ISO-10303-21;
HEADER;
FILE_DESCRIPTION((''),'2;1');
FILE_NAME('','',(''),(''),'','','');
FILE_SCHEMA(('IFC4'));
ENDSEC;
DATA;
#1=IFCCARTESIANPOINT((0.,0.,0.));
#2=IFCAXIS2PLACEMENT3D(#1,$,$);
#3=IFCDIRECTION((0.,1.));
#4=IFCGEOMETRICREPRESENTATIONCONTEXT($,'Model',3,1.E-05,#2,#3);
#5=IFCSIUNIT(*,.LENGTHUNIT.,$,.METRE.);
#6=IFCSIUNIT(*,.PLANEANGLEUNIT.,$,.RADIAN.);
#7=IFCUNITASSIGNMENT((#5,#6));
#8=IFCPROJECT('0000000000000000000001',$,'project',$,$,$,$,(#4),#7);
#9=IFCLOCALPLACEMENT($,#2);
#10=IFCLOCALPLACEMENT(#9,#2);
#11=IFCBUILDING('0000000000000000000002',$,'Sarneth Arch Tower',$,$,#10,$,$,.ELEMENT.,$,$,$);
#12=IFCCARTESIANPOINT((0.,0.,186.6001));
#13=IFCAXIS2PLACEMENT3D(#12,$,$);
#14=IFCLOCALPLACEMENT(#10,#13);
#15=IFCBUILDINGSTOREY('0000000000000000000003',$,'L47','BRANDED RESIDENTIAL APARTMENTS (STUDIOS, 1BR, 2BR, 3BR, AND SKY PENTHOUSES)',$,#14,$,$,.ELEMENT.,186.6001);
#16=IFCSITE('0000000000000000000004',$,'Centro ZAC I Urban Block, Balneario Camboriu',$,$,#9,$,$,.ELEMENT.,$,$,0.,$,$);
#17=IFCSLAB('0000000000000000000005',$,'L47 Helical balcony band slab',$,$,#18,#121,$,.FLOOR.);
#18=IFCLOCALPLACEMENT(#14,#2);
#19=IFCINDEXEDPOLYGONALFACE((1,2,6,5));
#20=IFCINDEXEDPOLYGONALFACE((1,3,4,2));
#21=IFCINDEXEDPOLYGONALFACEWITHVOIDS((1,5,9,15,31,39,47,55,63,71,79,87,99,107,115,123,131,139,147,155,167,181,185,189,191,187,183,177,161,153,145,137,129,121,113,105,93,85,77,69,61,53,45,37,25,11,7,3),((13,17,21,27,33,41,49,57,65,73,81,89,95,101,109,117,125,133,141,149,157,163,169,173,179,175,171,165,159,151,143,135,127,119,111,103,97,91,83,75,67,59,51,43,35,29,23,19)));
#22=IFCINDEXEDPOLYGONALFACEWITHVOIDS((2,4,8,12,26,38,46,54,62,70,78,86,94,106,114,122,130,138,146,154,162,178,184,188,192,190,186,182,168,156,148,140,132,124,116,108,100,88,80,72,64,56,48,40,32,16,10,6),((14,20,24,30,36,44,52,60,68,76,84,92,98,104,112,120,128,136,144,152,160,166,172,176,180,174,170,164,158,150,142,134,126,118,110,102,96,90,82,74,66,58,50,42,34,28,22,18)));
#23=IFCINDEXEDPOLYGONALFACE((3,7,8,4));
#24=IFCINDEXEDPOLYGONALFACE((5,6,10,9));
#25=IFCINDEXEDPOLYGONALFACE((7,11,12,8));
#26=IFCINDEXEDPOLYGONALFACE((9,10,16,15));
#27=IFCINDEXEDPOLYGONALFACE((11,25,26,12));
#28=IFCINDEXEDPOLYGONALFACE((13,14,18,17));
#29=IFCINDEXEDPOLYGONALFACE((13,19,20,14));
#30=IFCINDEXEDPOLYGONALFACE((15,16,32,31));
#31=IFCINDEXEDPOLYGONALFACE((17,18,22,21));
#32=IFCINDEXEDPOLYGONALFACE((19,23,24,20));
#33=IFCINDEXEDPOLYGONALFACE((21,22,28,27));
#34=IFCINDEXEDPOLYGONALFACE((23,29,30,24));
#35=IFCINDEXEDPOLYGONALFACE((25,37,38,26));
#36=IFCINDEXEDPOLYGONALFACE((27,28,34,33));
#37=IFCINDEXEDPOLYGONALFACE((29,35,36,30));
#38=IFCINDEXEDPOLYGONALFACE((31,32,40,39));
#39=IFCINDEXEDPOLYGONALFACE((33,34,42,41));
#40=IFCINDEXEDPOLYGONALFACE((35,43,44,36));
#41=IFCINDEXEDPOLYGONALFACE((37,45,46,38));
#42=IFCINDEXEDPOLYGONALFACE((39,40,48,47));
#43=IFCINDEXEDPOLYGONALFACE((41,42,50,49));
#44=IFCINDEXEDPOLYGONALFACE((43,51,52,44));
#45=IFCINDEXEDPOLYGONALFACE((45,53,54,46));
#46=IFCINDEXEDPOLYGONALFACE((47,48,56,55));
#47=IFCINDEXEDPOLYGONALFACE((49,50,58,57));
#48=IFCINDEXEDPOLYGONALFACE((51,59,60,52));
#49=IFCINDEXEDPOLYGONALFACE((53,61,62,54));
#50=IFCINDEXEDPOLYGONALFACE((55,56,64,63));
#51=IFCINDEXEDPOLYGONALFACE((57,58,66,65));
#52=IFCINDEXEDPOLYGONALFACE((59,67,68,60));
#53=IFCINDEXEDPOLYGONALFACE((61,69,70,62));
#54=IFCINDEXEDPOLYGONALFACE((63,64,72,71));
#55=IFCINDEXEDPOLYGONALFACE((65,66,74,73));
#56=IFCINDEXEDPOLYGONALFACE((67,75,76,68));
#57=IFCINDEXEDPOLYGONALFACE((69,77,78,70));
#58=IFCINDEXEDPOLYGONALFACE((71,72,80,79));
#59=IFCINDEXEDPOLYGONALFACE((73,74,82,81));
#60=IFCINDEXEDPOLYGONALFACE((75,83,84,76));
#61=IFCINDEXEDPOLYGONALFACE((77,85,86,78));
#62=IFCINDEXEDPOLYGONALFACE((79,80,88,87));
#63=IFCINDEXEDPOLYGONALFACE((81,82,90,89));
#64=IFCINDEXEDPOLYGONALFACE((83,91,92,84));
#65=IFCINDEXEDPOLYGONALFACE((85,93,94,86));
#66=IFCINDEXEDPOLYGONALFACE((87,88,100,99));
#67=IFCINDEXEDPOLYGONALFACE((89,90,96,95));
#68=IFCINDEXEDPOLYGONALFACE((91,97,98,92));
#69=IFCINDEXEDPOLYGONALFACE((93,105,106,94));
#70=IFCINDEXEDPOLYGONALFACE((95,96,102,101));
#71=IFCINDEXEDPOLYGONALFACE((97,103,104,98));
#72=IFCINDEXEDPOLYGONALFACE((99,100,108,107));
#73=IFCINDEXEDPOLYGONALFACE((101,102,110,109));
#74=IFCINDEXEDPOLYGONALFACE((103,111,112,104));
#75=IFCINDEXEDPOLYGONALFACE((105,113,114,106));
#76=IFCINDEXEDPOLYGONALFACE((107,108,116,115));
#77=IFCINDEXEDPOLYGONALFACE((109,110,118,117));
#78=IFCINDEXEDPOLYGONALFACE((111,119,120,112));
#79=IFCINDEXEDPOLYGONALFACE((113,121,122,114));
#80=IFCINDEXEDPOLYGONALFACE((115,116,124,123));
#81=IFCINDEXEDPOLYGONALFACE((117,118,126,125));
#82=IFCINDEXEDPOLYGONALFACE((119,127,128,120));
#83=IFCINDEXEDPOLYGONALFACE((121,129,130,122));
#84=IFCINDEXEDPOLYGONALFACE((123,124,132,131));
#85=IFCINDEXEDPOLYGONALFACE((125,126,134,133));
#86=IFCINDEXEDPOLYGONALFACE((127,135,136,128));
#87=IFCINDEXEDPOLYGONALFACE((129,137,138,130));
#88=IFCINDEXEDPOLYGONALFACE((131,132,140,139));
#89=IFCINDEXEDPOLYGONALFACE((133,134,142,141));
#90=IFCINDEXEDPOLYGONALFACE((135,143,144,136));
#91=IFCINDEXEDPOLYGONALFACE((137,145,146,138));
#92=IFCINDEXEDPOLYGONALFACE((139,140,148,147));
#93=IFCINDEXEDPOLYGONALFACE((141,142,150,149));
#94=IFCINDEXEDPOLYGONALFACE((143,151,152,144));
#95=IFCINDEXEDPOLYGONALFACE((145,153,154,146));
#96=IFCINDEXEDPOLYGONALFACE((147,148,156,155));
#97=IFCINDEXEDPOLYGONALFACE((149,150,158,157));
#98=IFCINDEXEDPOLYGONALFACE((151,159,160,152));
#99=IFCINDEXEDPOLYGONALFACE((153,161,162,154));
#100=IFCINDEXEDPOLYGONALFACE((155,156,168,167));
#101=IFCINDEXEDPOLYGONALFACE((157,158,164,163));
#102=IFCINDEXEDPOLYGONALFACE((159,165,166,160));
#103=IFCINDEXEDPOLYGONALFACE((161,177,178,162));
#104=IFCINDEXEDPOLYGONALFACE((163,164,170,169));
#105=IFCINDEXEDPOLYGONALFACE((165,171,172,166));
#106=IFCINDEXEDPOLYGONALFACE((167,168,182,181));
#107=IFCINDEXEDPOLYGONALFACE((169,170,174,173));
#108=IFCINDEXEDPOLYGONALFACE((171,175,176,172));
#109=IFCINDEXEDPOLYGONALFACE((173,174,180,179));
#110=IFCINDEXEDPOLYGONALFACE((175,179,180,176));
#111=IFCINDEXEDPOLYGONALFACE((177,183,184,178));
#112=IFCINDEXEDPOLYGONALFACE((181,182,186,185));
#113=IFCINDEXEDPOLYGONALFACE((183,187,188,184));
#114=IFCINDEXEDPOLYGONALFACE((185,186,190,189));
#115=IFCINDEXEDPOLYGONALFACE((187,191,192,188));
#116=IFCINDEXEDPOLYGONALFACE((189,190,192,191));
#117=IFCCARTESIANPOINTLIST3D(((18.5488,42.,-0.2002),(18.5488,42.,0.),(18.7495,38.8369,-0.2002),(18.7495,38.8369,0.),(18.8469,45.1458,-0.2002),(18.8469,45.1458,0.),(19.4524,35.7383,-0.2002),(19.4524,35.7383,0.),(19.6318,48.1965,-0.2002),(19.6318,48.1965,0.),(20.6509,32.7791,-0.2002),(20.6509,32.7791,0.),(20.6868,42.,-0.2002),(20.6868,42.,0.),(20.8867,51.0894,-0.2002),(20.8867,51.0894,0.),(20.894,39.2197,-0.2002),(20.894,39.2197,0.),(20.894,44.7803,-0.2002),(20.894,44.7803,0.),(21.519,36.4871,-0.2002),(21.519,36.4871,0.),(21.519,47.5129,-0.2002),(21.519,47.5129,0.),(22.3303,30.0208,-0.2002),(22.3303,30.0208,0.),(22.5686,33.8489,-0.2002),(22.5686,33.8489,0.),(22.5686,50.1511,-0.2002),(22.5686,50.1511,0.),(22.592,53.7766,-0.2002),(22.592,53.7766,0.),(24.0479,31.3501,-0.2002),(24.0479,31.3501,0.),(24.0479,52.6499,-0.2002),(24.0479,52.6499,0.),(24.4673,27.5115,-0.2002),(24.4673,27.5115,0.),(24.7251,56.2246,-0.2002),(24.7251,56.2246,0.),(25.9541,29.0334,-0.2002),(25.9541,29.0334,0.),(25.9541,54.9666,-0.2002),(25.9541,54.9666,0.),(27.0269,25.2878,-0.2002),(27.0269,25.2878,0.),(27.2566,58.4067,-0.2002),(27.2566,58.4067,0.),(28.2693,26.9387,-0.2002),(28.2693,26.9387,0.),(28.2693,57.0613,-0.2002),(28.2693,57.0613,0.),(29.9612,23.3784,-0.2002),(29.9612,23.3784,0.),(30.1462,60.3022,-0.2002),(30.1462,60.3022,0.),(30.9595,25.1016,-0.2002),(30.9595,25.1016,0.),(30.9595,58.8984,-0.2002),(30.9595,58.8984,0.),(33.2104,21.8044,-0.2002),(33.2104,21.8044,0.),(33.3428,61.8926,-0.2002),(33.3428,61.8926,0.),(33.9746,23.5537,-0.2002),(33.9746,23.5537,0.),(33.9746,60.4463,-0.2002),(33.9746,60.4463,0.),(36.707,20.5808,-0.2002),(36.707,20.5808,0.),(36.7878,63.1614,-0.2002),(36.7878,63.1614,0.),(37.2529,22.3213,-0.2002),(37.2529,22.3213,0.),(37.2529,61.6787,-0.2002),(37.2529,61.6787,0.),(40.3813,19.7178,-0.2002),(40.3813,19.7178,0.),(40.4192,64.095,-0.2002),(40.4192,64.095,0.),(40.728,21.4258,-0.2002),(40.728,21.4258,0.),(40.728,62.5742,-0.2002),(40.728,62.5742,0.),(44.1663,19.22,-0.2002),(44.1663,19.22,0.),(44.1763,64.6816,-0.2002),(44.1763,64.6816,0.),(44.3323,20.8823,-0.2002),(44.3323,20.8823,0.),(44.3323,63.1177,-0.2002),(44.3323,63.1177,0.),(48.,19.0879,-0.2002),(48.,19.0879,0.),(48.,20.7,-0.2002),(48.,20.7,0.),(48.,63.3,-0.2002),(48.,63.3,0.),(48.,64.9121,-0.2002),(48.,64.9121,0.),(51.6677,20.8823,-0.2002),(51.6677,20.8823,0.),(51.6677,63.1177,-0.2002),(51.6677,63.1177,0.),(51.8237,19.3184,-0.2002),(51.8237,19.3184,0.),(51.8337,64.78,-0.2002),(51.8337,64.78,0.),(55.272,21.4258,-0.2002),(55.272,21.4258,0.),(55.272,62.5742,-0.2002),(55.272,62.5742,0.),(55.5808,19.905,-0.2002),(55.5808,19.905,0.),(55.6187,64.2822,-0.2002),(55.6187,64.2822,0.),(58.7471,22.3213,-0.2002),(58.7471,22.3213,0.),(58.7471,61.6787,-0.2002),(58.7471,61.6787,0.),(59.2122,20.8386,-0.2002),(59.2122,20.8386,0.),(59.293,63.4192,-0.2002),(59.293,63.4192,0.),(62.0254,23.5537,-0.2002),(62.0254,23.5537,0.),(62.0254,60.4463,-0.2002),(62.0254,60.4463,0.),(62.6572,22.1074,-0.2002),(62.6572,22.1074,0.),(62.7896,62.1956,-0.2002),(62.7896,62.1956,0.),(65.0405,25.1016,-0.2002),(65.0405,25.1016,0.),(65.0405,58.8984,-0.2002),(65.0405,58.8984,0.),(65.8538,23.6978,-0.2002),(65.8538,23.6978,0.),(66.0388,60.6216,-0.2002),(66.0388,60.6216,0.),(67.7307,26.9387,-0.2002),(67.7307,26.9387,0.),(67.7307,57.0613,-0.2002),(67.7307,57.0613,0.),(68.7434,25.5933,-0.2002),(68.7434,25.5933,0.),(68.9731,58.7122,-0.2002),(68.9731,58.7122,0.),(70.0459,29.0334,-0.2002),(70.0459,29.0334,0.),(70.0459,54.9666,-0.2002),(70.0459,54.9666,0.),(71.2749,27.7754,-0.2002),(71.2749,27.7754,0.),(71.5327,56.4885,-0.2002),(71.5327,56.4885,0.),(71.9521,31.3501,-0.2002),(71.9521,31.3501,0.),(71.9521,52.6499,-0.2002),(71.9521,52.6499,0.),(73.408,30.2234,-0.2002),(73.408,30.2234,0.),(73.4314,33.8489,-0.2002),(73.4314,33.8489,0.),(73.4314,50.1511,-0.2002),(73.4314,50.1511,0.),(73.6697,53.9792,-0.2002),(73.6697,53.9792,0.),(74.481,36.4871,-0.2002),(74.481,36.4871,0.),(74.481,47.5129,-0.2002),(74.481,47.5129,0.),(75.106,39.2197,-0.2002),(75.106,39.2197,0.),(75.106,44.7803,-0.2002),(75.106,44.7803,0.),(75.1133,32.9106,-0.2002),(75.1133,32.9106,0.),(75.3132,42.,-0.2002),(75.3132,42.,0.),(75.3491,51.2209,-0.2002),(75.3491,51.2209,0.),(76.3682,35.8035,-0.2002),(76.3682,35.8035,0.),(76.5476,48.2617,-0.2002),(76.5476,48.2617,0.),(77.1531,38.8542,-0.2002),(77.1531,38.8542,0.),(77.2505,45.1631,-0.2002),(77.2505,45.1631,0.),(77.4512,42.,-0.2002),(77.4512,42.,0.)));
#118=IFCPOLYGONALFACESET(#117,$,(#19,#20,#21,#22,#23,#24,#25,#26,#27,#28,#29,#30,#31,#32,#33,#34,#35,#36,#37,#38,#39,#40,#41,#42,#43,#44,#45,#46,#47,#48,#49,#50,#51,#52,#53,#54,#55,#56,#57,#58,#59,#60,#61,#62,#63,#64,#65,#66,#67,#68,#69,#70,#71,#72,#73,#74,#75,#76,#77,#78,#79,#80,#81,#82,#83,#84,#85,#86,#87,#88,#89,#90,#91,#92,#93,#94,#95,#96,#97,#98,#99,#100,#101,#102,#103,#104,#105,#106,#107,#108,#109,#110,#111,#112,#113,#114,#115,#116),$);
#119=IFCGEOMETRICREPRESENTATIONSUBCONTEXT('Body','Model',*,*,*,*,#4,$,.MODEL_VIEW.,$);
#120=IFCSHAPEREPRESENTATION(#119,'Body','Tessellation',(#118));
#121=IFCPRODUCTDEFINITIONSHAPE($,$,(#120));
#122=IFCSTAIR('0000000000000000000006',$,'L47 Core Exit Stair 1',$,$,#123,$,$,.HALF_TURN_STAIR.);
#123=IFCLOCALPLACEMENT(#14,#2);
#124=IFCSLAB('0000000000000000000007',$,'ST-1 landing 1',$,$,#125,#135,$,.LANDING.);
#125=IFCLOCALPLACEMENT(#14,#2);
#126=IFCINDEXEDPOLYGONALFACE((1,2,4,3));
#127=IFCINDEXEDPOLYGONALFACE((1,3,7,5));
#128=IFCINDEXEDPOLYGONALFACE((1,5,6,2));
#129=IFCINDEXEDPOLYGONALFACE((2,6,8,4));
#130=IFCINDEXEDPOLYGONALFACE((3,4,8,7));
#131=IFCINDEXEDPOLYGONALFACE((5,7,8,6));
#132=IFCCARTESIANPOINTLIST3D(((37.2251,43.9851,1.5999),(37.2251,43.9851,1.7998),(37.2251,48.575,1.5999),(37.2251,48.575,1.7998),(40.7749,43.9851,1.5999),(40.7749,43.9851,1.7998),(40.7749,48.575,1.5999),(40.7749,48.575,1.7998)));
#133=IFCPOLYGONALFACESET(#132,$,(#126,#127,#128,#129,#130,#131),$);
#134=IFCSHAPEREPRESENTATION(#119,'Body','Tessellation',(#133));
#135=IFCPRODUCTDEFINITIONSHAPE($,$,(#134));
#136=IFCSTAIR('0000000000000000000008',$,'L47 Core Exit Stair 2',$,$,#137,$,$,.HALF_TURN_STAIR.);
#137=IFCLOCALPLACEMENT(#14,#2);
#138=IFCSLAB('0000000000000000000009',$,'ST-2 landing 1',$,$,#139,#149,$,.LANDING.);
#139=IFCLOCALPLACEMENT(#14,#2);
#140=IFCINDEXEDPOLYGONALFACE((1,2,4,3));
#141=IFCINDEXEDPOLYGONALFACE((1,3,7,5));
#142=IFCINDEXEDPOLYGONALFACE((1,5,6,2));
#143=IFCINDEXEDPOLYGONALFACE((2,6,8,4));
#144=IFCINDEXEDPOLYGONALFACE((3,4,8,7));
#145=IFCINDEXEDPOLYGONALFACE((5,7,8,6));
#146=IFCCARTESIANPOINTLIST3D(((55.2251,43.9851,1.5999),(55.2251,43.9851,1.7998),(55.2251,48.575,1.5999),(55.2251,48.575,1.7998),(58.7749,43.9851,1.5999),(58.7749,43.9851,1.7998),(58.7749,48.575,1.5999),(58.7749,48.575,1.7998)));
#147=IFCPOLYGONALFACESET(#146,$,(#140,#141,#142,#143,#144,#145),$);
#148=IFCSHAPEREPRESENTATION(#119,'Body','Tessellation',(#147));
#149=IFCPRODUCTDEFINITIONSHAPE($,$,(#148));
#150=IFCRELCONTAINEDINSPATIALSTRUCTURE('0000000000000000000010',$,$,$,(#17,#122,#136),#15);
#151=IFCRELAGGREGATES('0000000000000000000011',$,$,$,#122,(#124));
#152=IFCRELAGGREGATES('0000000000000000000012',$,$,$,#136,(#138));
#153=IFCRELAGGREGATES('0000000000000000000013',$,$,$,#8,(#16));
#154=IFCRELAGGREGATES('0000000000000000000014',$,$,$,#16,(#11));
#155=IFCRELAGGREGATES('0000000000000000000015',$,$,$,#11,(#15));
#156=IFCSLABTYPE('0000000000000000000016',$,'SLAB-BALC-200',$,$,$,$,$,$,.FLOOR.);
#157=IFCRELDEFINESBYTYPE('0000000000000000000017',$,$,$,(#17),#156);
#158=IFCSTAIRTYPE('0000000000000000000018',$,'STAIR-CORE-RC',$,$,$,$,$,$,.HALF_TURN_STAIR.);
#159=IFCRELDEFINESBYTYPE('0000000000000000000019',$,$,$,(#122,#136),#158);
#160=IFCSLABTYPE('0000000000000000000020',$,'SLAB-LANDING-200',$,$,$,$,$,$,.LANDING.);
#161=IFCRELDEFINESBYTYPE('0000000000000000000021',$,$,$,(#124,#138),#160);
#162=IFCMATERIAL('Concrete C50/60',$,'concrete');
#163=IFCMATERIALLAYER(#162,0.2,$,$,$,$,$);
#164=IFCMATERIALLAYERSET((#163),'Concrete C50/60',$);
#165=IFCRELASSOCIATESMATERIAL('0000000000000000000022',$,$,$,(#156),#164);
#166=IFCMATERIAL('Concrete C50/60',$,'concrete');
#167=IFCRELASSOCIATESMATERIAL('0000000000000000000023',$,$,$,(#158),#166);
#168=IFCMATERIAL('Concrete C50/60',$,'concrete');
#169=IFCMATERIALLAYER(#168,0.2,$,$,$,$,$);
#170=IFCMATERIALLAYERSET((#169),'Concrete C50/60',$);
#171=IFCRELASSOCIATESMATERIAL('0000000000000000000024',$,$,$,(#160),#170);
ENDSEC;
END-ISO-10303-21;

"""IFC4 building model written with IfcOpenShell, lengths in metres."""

from ifc_helpers import new_model, si_unit, direction, frame, origin, place, context, subcontext, project, spatial, polyline, outline, extrude, material, layer, layer_set, type_object, element, aggregate, save


model = new_model("IFC4")

# Units and contexts
model_context = context("Model", 3, precision=1e-05, world=origin(), true_north=direction((0.0, 1.0)))
body_context = subcontext(model_context, "Body", "Model", "MODEL_VIEW")
ifc_project = project(units=[si_unit("LENGTHUNIT", "METRE"), si_unit("PLANEANGLEUNIT", "RADIAN")], contexts=[model_context])

# Site, building, storey
site_placement = place(None, origin())
site = spatial("IfcSite", under=ifc_project, at=site_placement, Name="Centro ZAC I Urban Block, Balneario Camboriu", CompositionType="ELEMENT", RefElevation=0.0)
building_placement = place(site_placement, origin())
building = spatial("IfcBuilding", under=site, at=building_placement, Name="Sarneth Arch Tower", CompositionType="ELEMENT")
storey_placement = place(building_placement, frame((0.0, 0.0, 186.6001)))
storey = spatial("IfcBuildingStorey", under=building, at=storey_placement, Name="L47", Description="BRANDED RESIDENTIAL APARTMENTS (STUDIOS, 1BR, 2BR, 3BR, AND SKY PENTHOUSES)", CompositionType="ELEMENT", Elevation=186.6001)

# Slab
ifc_material_1 = material(Name="Concrete C50/60", Category="concrete")
ifc_layer_1 = layer(ifc_material_1, 0.2)
ifc_layer_set_1 = layer_set([ifc_layer_1], Name="Concrete C50/60")
slab_type_1 = type_object("IfcSlabType", Name="SLAB-BALC-200", PredefinedType="FLOOR", material=ifc_layer_set_1)
slab_1_placement = place(storey_placement, frame((0.0, 0.0, -0.2002)))
element("IfcSlab", 1, at=slab_1_placement, inside=storey, type_object=slab_type_1, Name="L47 Helical balcony band slab", PredefinedType="FLOOR", context=body_context, shape_type="SweptSolid", body=[
    extrude(outline(polyline([(77.4512, 42.0), (77.2505, 45.1631), (76.5476, 48.2617), (75.3491, 51.2209), (73.6697, 53.9792), (71.5327, 56.4885), (68.9731, 58.7122), (66.0388, 60.6216), (62.7896, 62.1956), (59.293, 63.4192), (55.6187, 64.2822), (51.8337, 64.78), (48.0, 64.9121), (44.1763, 64.6816), (40.4192, 64.095), (36.7878, 63.1614), (33.3428, 61.8926), (30.1462, 60.3022), (27.2566, 58.4067), (24.7251, 56.2246), (22.592, 53.7766), (20.8867, 51.0894), (19.6318, 48.1965), (18.8469, 45.1458), (18.5488, 42.0), (18.7495, 38.8369), (19.4524, 35.7383), (20.6509, 32.7791), (22.3303, 30.0208), (24.4673, 27.5115), (27.0269, 25.2878), (29.9612, 23.3784), (33.2104, 21.8044), (36.707, 20.5808), (40.3813, 19.7178), (44.1663, 19.22), (48.0, 19.0879), (51.8237, 19.3184), (55.5808, 19.905), (59.2122, 20.8386), (62.6572, 22.1074), (65.8538, 23.6978), (68.7434, 25.5933), (71.2749, 27.7754), (73.408, 30.2234), (75.1133, 32.9106), (76.3682, 35.8035), (77.1531, 38.8542), (77.4512, 42.0)]), holes=[polyline([(75.3132, 42.0), (75.106, 44.7803), (74.481, 47.5129), (73.4314, 50.1511), (71.9521, 52.6499), (70.0459, 54.9666), (67.7307, 57.0613), (65.0405, 58.8984), (62.0254, 60.4463), (58.7471, 61.6787), (55.272, 62.5742), (51.6677, 63.1177), (48.0, 63.3), (44.3323, 63.1177), (40.728, 62.5742), (37.2529, 61.6787), (33.9746, 60.4463), (30.9595, 58.8984), (28.2693, 57.0613), (25.9541, 54.9666), (24.0479, 52.6499), (22.5686, 50.1511), (21.519, 47.5129), (20.894, 44.7803), (20.6868, 42.0), (20.894, 39.2197), (21.519, 36.4871), (22.5686, 33.8489), (24.0479, 31.3501), (25.9541, 29.0334), (28.2693, 26.9387), (30.9595, 25.1016), (33.9746, 23.5537), (37.2529, 22.3213), (40.728, 21.4258), (44.3323, 20.8823), (48.0, 20.7), (51.6677, 20.8823), (55.272, 21.4258), (58.7471, 22.3213), (62.0254, 23.5537), (65.0405, 25.1016), (67.7307, 26.9387), (70.0459, 29.0334), (71.9521, 31.3501), (73.4314, 33.8489), (74.481, 36.4871), (75.106, 39.2197), (75.3132, 42.0)])]), origin(), (0.0, 0.0, 1.0), 0.2002),
])

# Stairs, slabs
ifc_material_2 = material(Name="Concrete C50/60", Category="concrete")
stair_type = type_object("IfcStairType", Name="STAIR-CORE-RC", PredefinedType="HALF_TURN_STAIR", material=ifc_material_2)
stair_1_placement = place(storey_placement, origin())
stair_1 = element("IfcStair", 2, at=stair_1_placement, inside=storey, type_object=stair_type, Name="L47 Core Exit Stair 1", PredefinedType="HALF_TURN_STAIR")
ifc_material_3 = material(Name="Concrete C50/60", Category="concrete")
ifc_layer_2 = layer(ifc_material_3, 0.2)
ifc_layer_set_2 = layer_set([ifc_layer_2], Name="Concrete C50/60")
slab_type_2 = type_object("IfcSlabType", Name="SLAB-LANDING-200", PredefinedType="LANDING", material=ifc_layer_set_2)
slab_2_placement = place(storey_placement, frame((0.0, 0.0, 1.5999)))
slab_2 = element("IfcSlab", 3, at=slab_2_placement, type_object=slab_type_2, Name="ST-1 landing 1", PredefinedType="LANDING", context=body_context, shape_type="SweptSolid", body=[
    extrude(outline(polyline([(37.2251, 43.9851), (40.7749, 43.9851), (40.7749, 48.575), (37.2251, 48.575), (37.2251, 43.9851)])), origin(), (0.0, 0.0, 1.0), 0.2),
])
aggregate(stair_1, [slab_2])
stair_2_placement = place(storey_placement, origin())
stair_2 = element("IfcStair", 4, at=stair_2_placement, inside=storey, type_object=stair_type, Name="L47 Core Exit Stair 2", PredefinedType="HALF_TURN_STAIR")
slab_3_placement = place(storey_placement, frame((0.0, 0.0, 1.5999)))
slab_3 = element("IfcSlab", 5, at=slab_3_placement, type_object=slab_type_2, Name="ST-2 landing 1", PredefinedType="LANDING", context=body_context, shape_type="SweptSolid", body=[
    extrude(outline(polyline([(55.2251, 43.9851), (58.7749, 43.9851), (58.7749, 48.575), (55.2251, 48.575), (55.2251, 43.9851)])), origin(), (0.0, 0.0, 1.0), 0.2),
])
aggregate(stair_2, [slab_3])

save(model, "model.ifc")
